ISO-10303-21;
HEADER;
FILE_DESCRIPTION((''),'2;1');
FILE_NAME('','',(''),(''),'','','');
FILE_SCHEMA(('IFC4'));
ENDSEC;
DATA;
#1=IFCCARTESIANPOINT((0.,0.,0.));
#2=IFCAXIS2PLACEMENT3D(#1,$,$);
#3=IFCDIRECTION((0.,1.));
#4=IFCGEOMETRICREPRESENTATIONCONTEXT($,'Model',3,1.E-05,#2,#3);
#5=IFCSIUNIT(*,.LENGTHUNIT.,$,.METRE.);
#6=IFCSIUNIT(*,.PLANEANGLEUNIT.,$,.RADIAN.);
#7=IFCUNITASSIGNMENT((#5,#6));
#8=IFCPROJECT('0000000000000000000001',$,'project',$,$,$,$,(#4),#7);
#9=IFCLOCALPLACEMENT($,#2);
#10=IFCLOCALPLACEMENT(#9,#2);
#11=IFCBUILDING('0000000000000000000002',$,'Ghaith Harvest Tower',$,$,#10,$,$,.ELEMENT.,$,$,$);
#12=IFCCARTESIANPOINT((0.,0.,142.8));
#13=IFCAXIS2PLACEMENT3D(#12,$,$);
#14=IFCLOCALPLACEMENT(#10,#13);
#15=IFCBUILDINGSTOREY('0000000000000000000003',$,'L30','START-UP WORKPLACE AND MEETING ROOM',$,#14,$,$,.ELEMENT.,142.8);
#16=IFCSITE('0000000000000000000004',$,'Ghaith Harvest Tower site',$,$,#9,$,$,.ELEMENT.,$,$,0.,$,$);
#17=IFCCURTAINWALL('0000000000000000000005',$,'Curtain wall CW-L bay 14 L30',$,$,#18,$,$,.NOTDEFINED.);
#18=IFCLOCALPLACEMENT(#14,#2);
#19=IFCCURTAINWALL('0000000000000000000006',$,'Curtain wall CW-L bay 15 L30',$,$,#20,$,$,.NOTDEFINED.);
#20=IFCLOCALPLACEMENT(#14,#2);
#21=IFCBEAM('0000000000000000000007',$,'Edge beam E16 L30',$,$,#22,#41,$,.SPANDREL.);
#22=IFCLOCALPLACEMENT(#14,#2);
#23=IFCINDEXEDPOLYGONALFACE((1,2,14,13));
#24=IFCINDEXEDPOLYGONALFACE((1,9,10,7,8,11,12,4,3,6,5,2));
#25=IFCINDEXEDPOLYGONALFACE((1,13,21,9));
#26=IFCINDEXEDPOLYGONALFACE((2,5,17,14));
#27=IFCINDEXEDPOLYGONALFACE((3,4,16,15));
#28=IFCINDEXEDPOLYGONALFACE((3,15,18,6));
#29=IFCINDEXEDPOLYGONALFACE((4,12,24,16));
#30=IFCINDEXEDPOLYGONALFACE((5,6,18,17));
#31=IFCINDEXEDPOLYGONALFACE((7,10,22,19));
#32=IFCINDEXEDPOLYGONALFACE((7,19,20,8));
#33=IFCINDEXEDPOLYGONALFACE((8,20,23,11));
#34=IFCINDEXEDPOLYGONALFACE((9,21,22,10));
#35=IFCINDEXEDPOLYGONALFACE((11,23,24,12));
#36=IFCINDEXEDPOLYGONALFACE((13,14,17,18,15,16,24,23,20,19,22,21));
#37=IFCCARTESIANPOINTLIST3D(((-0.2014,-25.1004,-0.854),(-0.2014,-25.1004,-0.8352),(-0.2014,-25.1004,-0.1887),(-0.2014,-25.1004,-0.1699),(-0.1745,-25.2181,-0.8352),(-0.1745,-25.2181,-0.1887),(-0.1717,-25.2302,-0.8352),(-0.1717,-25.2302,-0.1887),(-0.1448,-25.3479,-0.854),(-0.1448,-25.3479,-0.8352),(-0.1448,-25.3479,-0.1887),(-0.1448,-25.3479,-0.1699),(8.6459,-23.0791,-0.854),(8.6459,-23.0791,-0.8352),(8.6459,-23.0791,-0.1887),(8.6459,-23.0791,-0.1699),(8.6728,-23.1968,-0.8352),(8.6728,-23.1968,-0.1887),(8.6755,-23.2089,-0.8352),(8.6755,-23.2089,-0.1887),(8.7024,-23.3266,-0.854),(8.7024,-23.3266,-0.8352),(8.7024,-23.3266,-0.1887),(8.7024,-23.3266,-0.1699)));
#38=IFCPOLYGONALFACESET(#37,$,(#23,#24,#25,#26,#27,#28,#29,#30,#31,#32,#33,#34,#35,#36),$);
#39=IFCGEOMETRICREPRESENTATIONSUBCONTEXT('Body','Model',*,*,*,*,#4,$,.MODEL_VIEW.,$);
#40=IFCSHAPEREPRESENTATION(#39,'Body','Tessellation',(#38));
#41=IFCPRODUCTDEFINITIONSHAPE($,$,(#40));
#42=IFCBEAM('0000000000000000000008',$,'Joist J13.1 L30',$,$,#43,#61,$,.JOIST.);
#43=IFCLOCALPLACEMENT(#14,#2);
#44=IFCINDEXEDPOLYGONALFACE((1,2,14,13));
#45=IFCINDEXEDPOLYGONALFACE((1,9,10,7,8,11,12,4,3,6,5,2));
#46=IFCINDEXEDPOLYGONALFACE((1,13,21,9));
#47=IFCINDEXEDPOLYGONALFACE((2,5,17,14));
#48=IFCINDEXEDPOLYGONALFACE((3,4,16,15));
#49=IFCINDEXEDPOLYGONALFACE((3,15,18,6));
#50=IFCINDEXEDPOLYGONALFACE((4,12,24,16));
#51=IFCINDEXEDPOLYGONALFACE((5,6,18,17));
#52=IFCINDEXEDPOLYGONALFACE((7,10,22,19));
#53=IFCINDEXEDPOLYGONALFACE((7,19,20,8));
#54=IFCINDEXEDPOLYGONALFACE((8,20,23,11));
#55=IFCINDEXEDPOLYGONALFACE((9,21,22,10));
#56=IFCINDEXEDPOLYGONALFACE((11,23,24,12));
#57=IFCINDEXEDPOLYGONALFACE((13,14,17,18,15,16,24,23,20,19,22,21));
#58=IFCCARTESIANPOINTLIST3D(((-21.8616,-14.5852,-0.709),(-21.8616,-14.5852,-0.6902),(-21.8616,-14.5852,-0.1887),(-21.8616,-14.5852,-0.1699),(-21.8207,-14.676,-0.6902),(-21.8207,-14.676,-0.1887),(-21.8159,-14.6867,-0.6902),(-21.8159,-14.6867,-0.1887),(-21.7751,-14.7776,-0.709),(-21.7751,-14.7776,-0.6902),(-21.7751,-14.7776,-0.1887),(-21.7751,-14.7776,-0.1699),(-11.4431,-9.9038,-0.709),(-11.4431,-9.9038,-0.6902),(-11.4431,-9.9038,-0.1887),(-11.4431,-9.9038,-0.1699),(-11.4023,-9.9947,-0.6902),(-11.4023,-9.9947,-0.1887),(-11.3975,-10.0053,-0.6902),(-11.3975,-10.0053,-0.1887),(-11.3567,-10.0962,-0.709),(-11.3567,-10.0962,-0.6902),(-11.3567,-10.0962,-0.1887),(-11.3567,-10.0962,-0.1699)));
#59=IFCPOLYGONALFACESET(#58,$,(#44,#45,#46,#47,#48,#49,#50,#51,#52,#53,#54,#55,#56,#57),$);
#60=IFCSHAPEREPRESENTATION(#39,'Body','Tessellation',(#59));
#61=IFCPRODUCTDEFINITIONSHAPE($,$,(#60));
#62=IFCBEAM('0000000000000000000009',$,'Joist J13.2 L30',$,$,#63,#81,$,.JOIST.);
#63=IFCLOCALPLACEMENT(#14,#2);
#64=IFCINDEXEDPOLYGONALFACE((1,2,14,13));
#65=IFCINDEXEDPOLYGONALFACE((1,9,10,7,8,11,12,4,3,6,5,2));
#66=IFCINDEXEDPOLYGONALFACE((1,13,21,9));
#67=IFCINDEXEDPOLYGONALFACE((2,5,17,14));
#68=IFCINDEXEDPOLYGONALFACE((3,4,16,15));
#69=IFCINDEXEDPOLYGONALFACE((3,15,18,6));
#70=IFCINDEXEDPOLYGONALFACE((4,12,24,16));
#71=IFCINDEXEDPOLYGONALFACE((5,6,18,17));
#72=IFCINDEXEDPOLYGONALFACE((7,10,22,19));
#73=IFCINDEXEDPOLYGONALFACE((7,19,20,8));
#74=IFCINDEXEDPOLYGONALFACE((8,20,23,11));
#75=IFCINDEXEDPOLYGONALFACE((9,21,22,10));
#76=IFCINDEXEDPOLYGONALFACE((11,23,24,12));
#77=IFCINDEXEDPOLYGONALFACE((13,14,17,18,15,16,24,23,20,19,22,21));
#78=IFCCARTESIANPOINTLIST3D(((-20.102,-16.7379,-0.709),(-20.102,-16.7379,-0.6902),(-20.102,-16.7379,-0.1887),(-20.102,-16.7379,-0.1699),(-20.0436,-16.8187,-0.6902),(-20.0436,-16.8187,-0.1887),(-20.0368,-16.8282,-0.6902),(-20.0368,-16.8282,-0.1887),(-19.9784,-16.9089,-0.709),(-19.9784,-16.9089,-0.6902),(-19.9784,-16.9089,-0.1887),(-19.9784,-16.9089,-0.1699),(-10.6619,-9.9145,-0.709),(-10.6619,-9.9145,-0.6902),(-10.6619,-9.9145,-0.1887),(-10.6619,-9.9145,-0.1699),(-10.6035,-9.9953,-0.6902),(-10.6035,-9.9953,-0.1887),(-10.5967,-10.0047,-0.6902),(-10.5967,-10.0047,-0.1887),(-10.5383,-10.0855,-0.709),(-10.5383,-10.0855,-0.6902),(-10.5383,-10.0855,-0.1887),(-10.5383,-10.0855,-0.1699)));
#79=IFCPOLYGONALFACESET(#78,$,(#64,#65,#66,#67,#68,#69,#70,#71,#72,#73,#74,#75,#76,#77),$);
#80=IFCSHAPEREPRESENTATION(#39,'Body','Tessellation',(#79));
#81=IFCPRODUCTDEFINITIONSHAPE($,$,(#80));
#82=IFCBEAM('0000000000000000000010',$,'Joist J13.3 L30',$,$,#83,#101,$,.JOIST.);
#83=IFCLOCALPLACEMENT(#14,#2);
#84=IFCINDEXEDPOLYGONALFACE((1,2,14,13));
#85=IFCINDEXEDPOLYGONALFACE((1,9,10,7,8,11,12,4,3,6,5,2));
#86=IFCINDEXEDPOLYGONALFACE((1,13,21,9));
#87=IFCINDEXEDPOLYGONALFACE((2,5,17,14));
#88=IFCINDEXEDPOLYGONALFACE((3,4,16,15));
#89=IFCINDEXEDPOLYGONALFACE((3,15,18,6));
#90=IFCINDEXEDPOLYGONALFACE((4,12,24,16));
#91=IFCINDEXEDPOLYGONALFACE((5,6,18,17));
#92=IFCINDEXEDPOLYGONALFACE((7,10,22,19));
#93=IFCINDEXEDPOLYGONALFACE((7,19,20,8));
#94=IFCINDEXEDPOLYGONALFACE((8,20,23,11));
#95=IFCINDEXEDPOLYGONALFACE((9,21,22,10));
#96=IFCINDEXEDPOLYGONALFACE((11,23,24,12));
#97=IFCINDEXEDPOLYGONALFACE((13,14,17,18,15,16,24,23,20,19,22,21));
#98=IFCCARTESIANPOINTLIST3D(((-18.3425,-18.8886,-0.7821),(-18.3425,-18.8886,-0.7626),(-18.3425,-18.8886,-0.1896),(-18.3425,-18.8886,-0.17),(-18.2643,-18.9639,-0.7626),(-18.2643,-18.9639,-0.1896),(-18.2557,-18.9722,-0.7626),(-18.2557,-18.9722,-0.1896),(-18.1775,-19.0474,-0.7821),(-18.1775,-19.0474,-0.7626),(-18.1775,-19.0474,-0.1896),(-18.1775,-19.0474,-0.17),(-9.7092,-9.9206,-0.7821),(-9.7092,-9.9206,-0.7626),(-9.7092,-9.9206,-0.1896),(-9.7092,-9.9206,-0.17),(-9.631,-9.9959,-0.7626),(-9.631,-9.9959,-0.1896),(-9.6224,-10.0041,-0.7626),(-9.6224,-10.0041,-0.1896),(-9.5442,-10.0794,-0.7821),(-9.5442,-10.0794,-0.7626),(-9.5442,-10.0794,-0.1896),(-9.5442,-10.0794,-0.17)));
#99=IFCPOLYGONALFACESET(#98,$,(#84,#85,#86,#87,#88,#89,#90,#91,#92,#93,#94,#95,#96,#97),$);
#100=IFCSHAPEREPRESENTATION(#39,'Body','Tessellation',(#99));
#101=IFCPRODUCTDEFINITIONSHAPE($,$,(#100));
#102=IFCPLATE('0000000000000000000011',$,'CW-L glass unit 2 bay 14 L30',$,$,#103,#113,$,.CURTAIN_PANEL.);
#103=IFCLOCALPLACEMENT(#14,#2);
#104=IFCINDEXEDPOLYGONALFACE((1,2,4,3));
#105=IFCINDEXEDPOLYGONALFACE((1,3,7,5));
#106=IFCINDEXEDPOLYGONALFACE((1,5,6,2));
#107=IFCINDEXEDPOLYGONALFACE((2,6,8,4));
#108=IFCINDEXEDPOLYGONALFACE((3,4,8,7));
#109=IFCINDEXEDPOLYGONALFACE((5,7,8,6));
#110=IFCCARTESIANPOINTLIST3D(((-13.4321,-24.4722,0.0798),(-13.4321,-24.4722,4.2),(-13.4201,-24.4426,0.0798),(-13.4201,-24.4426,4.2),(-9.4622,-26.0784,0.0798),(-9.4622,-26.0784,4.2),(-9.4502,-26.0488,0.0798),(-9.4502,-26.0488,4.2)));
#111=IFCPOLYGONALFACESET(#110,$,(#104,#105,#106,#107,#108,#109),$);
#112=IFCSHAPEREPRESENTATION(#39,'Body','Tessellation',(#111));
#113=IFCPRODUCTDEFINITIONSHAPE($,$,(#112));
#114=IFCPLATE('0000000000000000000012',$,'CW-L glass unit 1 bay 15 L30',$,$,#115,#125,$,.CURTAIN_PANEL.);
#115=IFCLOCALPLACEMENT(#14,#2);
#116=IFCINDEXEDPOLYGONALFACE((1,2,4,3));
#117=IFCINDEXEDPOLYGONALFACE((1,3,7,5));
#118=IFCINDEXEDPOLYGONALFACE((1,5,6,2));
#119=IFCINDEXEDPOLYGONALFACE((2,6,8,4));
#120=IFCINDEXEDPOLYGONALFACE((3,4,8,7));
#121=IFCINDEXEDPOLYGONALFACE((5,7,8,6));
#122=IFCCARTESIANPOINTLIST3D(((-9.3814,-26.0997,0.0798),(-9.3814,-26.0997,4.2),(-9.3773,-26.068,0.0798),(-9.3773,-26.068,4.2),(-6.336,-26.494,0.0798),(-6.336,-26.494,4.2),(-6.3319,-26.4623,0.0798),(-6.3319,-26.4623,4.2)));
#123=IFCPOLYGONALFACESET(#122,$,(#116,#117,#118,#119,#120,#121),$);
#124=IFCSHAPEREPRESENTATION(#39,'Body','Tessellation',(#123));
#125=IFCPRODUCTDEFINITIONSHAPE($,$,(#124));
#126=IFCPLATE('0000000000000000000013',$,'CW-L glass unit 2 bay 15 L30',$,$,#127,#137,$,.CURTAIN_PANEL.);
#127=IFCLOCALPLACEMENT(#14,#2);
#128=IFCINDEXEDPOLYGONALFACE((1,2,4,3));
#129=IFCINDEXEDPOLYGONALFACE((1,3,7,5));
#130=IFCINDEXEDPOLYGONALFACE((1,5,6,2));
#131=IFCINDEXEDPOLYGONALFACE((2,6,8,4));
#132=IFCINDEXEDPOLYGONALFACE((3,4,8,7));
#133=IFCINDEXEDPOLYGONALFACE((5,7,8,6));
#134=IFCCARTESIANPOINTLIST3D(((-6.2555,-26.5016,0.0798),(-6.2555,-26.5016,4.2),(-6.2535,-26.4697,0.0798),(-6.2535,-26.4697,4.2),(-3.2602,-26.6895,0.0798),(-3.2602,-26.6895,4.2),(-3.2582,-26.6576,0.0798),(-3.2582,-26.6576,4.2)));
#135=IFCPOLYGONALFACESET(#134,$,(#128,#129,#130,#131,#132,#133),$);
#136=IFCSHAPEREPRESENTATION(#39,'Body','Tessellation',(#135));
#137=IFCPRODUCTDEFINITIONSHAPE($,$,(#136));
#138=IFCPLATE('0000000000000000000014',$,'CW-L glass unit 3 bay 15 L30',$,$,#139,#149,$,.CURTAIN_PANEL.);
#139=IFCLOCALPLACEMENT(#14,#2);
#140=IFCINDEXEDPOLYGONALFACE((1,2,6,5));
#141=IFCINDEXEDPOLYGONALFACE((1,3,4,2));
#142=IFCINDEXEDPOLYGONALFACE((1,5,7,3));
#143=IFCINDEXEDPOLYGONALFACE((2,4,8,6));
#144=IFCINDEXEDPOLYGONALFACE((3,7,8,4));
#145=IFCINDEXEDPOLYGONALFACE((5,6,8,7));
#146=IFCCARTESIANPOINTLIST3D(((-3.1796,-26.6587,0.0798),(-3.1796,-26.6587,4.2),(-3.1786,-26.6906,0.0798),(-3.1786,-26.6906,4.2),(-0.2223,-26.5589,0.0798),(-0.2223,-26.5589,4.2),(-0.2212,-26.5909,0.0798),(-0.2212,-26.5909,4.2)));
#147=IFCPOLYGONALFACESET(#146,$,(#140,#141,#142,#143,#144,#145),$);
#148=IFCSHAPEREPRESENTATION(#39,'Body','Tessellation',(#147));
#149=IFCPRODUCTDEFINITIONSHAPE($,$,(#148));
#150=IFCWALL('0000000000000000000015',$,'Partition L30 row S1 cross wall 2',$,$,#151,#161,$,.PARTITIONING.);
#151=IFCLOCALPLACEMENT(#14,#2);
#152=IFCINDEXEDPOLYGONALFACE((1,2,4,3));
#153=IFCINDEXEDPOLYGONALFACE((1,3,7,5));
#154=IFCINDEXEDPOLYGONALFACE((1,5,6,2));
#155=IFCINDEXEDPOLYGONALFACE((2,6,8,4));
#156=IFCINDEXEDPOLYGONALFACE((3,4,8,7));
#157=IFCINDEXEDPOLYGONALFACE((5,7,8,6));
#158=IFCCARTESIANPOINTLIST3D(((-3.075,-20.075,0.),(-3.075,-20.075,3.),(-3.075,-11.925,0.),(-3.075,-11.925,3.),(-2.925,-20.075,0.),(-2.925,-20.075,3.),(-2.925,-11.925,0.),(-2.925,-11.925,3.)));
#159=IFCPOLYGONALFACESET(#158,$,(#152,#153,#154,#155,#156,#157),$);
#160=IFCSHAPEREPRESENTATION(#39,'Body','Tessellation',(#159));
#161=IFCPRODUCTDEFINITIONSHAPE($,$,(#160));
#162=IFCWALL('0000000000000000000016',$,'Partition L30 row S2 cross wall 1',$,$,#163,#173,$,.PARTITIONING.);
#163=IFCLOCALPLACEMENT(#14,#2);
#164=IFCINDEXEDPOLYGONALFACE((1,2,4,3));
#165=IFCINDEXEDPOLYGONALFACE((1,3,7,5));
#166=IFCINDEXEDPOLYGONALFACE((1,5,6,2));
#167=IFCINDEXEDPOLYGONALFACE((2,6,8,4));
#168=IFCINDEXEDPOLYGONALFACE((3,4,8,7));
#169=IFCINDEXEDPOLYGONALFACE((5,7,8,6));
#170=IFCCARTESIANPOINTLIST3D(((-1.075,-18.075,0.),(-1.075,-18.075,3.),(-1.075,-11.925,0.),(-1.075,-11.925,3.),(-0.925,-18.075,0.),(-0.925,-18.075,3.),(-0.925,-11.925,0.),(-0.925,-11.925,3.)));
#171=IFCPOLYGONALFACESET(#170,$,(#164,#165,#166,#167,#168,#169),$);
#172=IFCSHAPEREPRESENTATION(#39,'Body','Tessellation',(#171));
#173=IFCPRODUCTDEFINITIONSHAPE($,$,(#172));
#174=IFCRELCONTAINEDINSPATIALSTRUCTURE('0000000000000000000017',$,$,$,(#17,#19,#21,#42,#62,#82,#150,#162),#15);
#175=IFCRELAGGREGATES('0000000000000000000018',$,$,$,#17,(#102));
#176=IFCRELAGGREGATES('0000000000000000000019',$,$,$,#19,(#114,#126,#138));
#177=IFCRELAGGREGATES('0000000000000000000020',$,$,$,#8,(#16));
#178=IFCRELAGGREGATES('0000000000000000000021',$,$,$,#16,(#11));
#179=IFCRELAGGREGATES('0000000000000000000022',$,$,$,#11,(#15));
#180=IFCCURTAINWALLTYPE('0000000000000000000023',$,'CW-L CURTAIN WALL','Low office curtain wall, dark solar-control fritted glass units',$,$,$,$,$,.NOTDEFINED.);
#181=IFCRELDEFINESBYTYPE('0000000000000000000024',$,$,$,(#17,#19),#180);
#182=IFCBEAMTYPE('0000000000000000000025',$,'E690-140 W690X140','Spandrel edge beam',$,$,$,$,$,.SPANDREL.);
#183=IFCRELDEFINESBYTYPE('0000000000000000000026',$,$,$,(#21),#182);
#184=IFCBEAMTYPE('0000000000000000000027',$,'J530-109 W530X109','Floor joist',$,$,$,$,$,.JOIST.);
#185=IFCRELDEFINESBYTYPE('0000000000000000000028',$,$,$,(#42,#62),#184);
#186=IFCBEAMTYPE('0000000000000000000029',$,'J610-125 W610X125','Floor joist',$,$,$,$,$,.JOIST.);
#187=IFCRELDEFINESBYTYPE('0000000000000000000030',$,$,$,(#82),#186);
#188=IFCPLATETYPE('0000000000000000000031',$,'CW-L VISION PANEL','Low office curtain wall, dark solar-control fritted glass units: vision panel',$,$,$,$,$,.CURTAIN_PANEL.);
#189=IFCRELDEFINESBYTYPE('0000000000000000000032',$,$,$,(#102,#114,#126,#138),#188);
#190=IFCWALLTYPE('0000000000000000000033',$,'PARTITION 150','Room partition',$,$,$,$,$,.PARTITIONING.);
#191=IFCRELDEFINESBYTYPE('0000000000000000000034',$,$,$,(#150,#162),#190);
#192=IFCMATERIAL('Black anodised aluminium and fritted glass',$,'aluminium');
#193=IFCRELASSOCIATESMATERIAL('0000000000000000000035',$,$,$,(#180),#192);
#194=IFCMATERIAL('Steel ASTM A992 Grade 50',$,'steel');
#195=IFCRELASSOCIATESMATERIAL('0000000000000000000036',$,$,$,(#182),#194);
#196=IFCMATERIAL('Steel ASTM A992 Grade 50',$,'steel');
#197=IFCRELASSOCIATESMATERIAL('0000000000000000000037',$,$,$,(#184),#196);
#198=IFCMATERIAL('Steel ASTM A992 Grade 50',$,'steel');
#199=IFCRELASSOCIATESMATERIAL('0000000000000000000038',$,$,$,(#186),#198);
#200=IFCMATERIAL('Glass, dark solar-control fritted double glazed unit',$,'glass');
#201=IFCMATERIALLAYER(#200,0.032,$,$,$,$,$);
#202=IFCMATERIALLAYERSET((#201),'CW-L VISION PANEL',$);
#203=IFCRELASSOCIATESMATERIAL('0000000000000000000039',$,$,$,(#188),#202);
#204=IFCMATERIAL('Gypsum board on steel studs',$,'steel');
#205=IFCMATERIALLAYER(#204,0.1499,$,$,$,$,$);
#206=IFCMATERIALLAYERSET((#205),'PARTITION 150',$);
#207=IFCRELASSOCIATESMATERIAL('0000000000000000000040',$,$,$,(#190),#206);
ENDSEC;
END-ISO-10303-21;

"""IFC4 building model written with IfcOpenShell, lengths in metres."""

from ifc_helpers import new_model, si_unit, direction, frame, frame_2d, origin, origin_2d, place, context, subcontext, project, spatial, rectangle, i_section, extrude, material, layer, layer_set, material_profile, profile_set, type_object, element, aggregate, save


model = new_model("IFC4")

# Units and contexts
model_context = context("Model", 3, precision=1e-05, world=origin(), true_north=direction((0.0, 1.0)))
body_context = subcontext(model_context, "Body", "Model", "MODEL_VIEW")
ifc_project = project(units=[si_unit("LENGTHUNIT", "METRE"), si_unit("PLANEANGLEUNIT", "RADIAN")], contexts=[model_context])

# Site, building, storey
site_placement = place(None, origin())
site = spatial("IfcSite", under=ifc_project, at=site_placement, Name="Ghaith Harvest Tower site", CompositionType="ELEMENT", RefElevation=0.0)
building_placement = place(site_placement, origin())
building = spatial("IfcBuilding", under=site, at=building_placement, Name="Ghaith Harvest Tower", CompositionType="ELEMENT")
storey_placement = place(building_placement, frame((0.0, 0.0, 142.8)))
storey = spatial("IfcBuildingStorey", under=building, at=storey_placement, Name="L30", Description="START-UP WORKPLACE AND MEETING ROOM", CompositionType="ELEMENT", Elevation=142.8)

# Curtain wall
ifc_material_1 = material(Name="Black anodised aluminium and fritted glass", Category="aluminium")
curtain_wall_type = type_object("IfcCurtainWallType", Name="CW-L CURTAIN WALL", Description="Low office curtain wall, dark solar-control fritted glass units", PredefinedType="NOTDEFINED", material=ifc_material_1)
curtain_wall_1_placement = place(storey_placement, origin())
curtain_wall_1 = element("IfcCurtainWall", 1, at=curtain_wall_1_placement, inside=storey, type_object=curtain_wall_type, Name="Curtain wall CW-L bay 14 L30", PredefinedType="NOTDEFINED")

# Curtain wall
curtain_wall_2_placement = place(storey_placement, origin())
curtain_wall_2 = element("IfcCurtainWall", 2, at=curtain_wall_2_placement, inside=storey, type_object=curtain_wall_type, Name="Curtain wall CW-L bay 15 L30", PredefinedType="NOTDEFINED")

# Beams
ifc_material_2 = material(Name="Steel ASTM A992 Grade 50", Category="steel")
ifc_material_profile_1 = material_profile(ifc_material_2, i_section(OverallWidth=0.2539, OverallDepth=0.6841, WebThickness=0.0125, FlangeThickness=0.0188, at=origin_2d()), Name="W690X140")
ifc_profile_set_1 = profile_set([ifc_material_profile_1], Name="Steel ASTM A992 Grade 50")
beam_type_1 = type_object("IfcBeamType", Name="E690-140 W690X140", Description="Spandrel edge beam", PredefinedType="SPANDREL", material=ifc_profile_set_1)
beam_1_placement = place(storey_placement, frame((-0.1731, -25.2241, -0.512), z_axis=(0.974882, 0.222723, 0.0), x_axis=(-0.222723, 0.974882, 0.0)))
element("IfcBeam", 3, at=beam_1_placement, inside=storey, type_object=beam_type_1, Name="Edge beam E16 L30", PredefinedType="SPANDREL", context=body_context, shape_type="SweptSolid", body=[
    extrude(i_section(OverallWidth=0.2539, OverallDepth=0.6841, WebThickness=0.0125, FlangeThickness=0.0188, at=origin_2d()), origin(), (0.0, 0.0, 1.0), 9.0752),
])
ifc_material_3 = material(Name="Steel ASTM A992 Grade 50", Category="steel")
ifc_material_profile_2 = material_profile(ifc_material_3, i_section(OverallWidth=0.2109, OverallDepth=0.5391, WebThickness=0.0117, FlangeThickness=0.0188, at=origin_2d()), Name="W530X109")
ifc_profile_set_2 = profile_set([ifc_material_profile_2], Name="Steel ASTM A992 Grade 50")
beam_type_2 = type_object("IfcBeamType", Name="J530-109 W530X109", Description="Floor joist", PredefinedType="JOIST", material=ifc_profile_set_2)
beam_2_placement = place(storey_placement, frame((-11.3999, -10.0, -0.4395), z_axis=(-0.912148, -0.409862, 0.0), x_axis=(0.409862, -0.912148, 0.0)))
element("IfcBeam", 4, at=beam_2_placement, inside=storey, type_object=beam_type_2, Name="Joist J13.1 L30", PredefinedType="JOIST", context=body_context, shape_type="SweptSolid", body=[
    extrude(i_section(OverallWidth=0.2109, OverallDepth=0.5391, WebThickness=0.0117, FlangeThickness=0.0188, at=origin_2d()), origin(), (0.0, 0.0, 1.0), 11.4219),
])
beam_3_placement = place(storey_placement, frame((-10.6001, -10.0, -0.4395), z_axis=(-0.810452, -0.585805, 0.0), x_axis=(0.585805, -0.810452, 0.0)))
element("IfcBeam", 5, at=beam_3_placement, inside=storey, type_object=beam_type_2, Name="Joist J13.2 L30", PredefinedType="JOIST", context=body_context, shape_type="SweptSolid", body=[
    extrude(i_section(OverallWidth=0.2109, OverallDepth=0.5391, WebThickness=0.0117, FlangeThickness=0.0188, at=origin_2d()), origin(), (0.0, 0.0, 1.0), 11.6479),
])
ifc_material_4 = material(Name="Steel ASTM A992 Grade 50", Category="steel")
ifc_material_profile_3 = material_profile(ifc_material_4, i_section(OverallWidth=0.229, OverallDepth=0.6121, WebThickness=0.012, FlangeThickness=0.0195, at=origin_2d()), Name="W610X125")
ifc_profile_set_3 = profile_set([ifc_material_profile_3], Name="Steel ASTM A992 Grade 50")
beam_type_3 = type_object("IfcBeamType", Name="J610-125 W610X125", Description="Floor joist", PredefinedType="JOIST", material=ifc_profile_set_3)
beam_4_placement = place(storey_placement, frame((-9.6267, -10.0, -0.4761), z_axis=(-0.693535, -0.720423, 0.0), x_axis=(0.720423, -0.693535, 0.0)))
element("IfcBeam", 6, at=beam_4_placement, inside=storey, type_object=beam_type_3, Name="Joist J13.3 L30", PredefinedType="JOIST", context=body_context, shape_type="SweptSolid", body=[
    extrude(i_section(OverallWidth=0.229, OverallDepth=0.6121, WebThickness=0.012, FlangeThickness=0.0195, at=origin_2d()), origin(), (0.0, 0.0, 1.0), 12.4482),
])

# Plates
ifc_material_5 = material(Name="Glass, dark solar-control fritted double glazed unit", Category="glass")
ifc_layer_1 = layer(ifc_material_5, 0.032)
ifc_layer_set_1 = layer_set([ifc_layer_1], Name="CW-L VISION PANEL")
plate_type = type_object("IfcPlateType", Name="CW-L VISION PANEL", Description="Low office curtain wall, dark solar-control fritted glass units: vision panel", PredefinedType="CURTAIN_PANEL", material=ifc_layer_set_1)
plate_1_placement = place(storey_placement, frame((-11.4412, -25.2605, 0.0798), z_axis=(0.0, 0.0, 1.0), x_axis=(0.927003, -0.375055, 0.0)))
plate_1 = element("IfcPlate", 7, at=plate_1_placement, type_object=plate_type, Name="CW-L glass unit 2 bay 14 L30", PredefinedType="CURTAIN_PANEL", context=body_context, shape_type="SweptSolid", body=[
    extrude(rectangle(XDim=4.2825, YDim=0.032, at=origin_2d()), origin(), (0.0, 0.0, 1.0), 4.1201),
])
aggregate(curtain_wall_1, [plate_1])
plate_2_placement = place(storey_placement, frame((-7.8567, -26.281, 0.0798), z_axis=(0.0, 0.0, 1.0), x_axis=(0.991723, -0.128392, 0.0)))
plate_2 = element("IfcPlate", 8, at=plate_2_placement, type_object=plate_type, Name="CW-L glass unit 1 bay 15 L30", PredefinedType="CURTAIN_PANEL", context=body_context, shape_type="SweptSolid", body=[
    extrude(rectangle(XDim=3.0708, YDim=0.032, at=origin_2d()), origin(), (0.0, 0.0, 1.0), 4.1201),
])
plate_3_placement = place(storey_placement, frame((-4.7568, -26.5796, 0.0798), z_axis=(0.0, 0.0, 1.0), x_axis=(0.998038, -0.062607, 0.0)))
plate_3 = element("IfcPlate", 9, at=plate_3_placement, type_object=plate_type, Name="CW-L glass unit 2 bay 15 L30", PredefinedType="CURTAIN_PANEL", context=body_context, shape_type="SweptSolid", body=[
    extrude(rectangle(XDim=3.0012, YDim=0.032, at=origin_2d()), origin(), (0.0, 0.0, 1.0), 4.1201),
])
plate_4_placement = place(storey_placement, frame((-1.7004, -26.6248, 0.0798), z_axis=(0.0, 0.0, 1.0), x_axis=(0.999432, 0.033714, 0.0)))
plate_4 = element("IfcPlate", 10, at=plate_4_placement, type_object=plate_type, Name="CW-L glass unit 3 bay 15 L30", PredefinedType="CURTAIN_PANEL", context=body_context, shape_type="SweptSolid", body=[
    extrude(rectangle(XDim=2.959, YDim=0.032, at=origin_2d()), origin(), (0.0, 0.0, 1.0), 4.1201),
])
aggregate(curtain_wall_2, [plate_2, plate_3, plate_4])

# Walls
ifc_material_6 = material(Name="Gypsum board on steel studs", Category="steel")
ifc_layer_2 = layer(ifc_material_6, 0.1499)
ifc_layer_set_2 = layer_set([ifc_layer_2], Name="PARTITION 150")
wall_type = type_object("IfcWallType", Name="PARTITION 150", Description="Room partition", PredefinedType="PARTITIONING", material=ifc_layer_set_2)
wall_1_placement = place(storey_placement, frame((-3.0, -11.925, 0.0), z_axis=(0.0, 0.0, 1.0), x_axis=(0.0, -1.0, 0.0)))
element("IfcWall", 11, at=wall_1_placement, inside=storey, type_object=wall_type, Name="Partition L30 row S1 cross wall 2", PredefinedType="PARTITIONING", context=body_context, shape_type="SweptSolid", body=[
    extrude(rectangle(XDim=8.1499, YDim=0.1499, at=frame_2d((4.075, 0.0))), origin(), (0.0, 0.0, 1.0), 3.0),
])
wall_2_placement = place(storey_placement, frame((-1.0, -11.925, 0.0), z_axis=(0.0, 0.0, 1.0), x_axis=(0.0, -1.0, 0.0)))
element("IfcWall", 12, at=wall_2_placement, inside=storey, type_object=wall_type, Name="Partition L30 row S2 cross wall 1", PredefinedType="PARTITIONING", context=body_context, shape_type="SweptSolid", body=[
    extrude(rectangle(XDim=6.1499, YDim=0.1499, at=frame_2d((3.075, 0.0))), origin(), (0.0, 0.0, 1.0), 3.0),
])

save(model, "model.ifc")
